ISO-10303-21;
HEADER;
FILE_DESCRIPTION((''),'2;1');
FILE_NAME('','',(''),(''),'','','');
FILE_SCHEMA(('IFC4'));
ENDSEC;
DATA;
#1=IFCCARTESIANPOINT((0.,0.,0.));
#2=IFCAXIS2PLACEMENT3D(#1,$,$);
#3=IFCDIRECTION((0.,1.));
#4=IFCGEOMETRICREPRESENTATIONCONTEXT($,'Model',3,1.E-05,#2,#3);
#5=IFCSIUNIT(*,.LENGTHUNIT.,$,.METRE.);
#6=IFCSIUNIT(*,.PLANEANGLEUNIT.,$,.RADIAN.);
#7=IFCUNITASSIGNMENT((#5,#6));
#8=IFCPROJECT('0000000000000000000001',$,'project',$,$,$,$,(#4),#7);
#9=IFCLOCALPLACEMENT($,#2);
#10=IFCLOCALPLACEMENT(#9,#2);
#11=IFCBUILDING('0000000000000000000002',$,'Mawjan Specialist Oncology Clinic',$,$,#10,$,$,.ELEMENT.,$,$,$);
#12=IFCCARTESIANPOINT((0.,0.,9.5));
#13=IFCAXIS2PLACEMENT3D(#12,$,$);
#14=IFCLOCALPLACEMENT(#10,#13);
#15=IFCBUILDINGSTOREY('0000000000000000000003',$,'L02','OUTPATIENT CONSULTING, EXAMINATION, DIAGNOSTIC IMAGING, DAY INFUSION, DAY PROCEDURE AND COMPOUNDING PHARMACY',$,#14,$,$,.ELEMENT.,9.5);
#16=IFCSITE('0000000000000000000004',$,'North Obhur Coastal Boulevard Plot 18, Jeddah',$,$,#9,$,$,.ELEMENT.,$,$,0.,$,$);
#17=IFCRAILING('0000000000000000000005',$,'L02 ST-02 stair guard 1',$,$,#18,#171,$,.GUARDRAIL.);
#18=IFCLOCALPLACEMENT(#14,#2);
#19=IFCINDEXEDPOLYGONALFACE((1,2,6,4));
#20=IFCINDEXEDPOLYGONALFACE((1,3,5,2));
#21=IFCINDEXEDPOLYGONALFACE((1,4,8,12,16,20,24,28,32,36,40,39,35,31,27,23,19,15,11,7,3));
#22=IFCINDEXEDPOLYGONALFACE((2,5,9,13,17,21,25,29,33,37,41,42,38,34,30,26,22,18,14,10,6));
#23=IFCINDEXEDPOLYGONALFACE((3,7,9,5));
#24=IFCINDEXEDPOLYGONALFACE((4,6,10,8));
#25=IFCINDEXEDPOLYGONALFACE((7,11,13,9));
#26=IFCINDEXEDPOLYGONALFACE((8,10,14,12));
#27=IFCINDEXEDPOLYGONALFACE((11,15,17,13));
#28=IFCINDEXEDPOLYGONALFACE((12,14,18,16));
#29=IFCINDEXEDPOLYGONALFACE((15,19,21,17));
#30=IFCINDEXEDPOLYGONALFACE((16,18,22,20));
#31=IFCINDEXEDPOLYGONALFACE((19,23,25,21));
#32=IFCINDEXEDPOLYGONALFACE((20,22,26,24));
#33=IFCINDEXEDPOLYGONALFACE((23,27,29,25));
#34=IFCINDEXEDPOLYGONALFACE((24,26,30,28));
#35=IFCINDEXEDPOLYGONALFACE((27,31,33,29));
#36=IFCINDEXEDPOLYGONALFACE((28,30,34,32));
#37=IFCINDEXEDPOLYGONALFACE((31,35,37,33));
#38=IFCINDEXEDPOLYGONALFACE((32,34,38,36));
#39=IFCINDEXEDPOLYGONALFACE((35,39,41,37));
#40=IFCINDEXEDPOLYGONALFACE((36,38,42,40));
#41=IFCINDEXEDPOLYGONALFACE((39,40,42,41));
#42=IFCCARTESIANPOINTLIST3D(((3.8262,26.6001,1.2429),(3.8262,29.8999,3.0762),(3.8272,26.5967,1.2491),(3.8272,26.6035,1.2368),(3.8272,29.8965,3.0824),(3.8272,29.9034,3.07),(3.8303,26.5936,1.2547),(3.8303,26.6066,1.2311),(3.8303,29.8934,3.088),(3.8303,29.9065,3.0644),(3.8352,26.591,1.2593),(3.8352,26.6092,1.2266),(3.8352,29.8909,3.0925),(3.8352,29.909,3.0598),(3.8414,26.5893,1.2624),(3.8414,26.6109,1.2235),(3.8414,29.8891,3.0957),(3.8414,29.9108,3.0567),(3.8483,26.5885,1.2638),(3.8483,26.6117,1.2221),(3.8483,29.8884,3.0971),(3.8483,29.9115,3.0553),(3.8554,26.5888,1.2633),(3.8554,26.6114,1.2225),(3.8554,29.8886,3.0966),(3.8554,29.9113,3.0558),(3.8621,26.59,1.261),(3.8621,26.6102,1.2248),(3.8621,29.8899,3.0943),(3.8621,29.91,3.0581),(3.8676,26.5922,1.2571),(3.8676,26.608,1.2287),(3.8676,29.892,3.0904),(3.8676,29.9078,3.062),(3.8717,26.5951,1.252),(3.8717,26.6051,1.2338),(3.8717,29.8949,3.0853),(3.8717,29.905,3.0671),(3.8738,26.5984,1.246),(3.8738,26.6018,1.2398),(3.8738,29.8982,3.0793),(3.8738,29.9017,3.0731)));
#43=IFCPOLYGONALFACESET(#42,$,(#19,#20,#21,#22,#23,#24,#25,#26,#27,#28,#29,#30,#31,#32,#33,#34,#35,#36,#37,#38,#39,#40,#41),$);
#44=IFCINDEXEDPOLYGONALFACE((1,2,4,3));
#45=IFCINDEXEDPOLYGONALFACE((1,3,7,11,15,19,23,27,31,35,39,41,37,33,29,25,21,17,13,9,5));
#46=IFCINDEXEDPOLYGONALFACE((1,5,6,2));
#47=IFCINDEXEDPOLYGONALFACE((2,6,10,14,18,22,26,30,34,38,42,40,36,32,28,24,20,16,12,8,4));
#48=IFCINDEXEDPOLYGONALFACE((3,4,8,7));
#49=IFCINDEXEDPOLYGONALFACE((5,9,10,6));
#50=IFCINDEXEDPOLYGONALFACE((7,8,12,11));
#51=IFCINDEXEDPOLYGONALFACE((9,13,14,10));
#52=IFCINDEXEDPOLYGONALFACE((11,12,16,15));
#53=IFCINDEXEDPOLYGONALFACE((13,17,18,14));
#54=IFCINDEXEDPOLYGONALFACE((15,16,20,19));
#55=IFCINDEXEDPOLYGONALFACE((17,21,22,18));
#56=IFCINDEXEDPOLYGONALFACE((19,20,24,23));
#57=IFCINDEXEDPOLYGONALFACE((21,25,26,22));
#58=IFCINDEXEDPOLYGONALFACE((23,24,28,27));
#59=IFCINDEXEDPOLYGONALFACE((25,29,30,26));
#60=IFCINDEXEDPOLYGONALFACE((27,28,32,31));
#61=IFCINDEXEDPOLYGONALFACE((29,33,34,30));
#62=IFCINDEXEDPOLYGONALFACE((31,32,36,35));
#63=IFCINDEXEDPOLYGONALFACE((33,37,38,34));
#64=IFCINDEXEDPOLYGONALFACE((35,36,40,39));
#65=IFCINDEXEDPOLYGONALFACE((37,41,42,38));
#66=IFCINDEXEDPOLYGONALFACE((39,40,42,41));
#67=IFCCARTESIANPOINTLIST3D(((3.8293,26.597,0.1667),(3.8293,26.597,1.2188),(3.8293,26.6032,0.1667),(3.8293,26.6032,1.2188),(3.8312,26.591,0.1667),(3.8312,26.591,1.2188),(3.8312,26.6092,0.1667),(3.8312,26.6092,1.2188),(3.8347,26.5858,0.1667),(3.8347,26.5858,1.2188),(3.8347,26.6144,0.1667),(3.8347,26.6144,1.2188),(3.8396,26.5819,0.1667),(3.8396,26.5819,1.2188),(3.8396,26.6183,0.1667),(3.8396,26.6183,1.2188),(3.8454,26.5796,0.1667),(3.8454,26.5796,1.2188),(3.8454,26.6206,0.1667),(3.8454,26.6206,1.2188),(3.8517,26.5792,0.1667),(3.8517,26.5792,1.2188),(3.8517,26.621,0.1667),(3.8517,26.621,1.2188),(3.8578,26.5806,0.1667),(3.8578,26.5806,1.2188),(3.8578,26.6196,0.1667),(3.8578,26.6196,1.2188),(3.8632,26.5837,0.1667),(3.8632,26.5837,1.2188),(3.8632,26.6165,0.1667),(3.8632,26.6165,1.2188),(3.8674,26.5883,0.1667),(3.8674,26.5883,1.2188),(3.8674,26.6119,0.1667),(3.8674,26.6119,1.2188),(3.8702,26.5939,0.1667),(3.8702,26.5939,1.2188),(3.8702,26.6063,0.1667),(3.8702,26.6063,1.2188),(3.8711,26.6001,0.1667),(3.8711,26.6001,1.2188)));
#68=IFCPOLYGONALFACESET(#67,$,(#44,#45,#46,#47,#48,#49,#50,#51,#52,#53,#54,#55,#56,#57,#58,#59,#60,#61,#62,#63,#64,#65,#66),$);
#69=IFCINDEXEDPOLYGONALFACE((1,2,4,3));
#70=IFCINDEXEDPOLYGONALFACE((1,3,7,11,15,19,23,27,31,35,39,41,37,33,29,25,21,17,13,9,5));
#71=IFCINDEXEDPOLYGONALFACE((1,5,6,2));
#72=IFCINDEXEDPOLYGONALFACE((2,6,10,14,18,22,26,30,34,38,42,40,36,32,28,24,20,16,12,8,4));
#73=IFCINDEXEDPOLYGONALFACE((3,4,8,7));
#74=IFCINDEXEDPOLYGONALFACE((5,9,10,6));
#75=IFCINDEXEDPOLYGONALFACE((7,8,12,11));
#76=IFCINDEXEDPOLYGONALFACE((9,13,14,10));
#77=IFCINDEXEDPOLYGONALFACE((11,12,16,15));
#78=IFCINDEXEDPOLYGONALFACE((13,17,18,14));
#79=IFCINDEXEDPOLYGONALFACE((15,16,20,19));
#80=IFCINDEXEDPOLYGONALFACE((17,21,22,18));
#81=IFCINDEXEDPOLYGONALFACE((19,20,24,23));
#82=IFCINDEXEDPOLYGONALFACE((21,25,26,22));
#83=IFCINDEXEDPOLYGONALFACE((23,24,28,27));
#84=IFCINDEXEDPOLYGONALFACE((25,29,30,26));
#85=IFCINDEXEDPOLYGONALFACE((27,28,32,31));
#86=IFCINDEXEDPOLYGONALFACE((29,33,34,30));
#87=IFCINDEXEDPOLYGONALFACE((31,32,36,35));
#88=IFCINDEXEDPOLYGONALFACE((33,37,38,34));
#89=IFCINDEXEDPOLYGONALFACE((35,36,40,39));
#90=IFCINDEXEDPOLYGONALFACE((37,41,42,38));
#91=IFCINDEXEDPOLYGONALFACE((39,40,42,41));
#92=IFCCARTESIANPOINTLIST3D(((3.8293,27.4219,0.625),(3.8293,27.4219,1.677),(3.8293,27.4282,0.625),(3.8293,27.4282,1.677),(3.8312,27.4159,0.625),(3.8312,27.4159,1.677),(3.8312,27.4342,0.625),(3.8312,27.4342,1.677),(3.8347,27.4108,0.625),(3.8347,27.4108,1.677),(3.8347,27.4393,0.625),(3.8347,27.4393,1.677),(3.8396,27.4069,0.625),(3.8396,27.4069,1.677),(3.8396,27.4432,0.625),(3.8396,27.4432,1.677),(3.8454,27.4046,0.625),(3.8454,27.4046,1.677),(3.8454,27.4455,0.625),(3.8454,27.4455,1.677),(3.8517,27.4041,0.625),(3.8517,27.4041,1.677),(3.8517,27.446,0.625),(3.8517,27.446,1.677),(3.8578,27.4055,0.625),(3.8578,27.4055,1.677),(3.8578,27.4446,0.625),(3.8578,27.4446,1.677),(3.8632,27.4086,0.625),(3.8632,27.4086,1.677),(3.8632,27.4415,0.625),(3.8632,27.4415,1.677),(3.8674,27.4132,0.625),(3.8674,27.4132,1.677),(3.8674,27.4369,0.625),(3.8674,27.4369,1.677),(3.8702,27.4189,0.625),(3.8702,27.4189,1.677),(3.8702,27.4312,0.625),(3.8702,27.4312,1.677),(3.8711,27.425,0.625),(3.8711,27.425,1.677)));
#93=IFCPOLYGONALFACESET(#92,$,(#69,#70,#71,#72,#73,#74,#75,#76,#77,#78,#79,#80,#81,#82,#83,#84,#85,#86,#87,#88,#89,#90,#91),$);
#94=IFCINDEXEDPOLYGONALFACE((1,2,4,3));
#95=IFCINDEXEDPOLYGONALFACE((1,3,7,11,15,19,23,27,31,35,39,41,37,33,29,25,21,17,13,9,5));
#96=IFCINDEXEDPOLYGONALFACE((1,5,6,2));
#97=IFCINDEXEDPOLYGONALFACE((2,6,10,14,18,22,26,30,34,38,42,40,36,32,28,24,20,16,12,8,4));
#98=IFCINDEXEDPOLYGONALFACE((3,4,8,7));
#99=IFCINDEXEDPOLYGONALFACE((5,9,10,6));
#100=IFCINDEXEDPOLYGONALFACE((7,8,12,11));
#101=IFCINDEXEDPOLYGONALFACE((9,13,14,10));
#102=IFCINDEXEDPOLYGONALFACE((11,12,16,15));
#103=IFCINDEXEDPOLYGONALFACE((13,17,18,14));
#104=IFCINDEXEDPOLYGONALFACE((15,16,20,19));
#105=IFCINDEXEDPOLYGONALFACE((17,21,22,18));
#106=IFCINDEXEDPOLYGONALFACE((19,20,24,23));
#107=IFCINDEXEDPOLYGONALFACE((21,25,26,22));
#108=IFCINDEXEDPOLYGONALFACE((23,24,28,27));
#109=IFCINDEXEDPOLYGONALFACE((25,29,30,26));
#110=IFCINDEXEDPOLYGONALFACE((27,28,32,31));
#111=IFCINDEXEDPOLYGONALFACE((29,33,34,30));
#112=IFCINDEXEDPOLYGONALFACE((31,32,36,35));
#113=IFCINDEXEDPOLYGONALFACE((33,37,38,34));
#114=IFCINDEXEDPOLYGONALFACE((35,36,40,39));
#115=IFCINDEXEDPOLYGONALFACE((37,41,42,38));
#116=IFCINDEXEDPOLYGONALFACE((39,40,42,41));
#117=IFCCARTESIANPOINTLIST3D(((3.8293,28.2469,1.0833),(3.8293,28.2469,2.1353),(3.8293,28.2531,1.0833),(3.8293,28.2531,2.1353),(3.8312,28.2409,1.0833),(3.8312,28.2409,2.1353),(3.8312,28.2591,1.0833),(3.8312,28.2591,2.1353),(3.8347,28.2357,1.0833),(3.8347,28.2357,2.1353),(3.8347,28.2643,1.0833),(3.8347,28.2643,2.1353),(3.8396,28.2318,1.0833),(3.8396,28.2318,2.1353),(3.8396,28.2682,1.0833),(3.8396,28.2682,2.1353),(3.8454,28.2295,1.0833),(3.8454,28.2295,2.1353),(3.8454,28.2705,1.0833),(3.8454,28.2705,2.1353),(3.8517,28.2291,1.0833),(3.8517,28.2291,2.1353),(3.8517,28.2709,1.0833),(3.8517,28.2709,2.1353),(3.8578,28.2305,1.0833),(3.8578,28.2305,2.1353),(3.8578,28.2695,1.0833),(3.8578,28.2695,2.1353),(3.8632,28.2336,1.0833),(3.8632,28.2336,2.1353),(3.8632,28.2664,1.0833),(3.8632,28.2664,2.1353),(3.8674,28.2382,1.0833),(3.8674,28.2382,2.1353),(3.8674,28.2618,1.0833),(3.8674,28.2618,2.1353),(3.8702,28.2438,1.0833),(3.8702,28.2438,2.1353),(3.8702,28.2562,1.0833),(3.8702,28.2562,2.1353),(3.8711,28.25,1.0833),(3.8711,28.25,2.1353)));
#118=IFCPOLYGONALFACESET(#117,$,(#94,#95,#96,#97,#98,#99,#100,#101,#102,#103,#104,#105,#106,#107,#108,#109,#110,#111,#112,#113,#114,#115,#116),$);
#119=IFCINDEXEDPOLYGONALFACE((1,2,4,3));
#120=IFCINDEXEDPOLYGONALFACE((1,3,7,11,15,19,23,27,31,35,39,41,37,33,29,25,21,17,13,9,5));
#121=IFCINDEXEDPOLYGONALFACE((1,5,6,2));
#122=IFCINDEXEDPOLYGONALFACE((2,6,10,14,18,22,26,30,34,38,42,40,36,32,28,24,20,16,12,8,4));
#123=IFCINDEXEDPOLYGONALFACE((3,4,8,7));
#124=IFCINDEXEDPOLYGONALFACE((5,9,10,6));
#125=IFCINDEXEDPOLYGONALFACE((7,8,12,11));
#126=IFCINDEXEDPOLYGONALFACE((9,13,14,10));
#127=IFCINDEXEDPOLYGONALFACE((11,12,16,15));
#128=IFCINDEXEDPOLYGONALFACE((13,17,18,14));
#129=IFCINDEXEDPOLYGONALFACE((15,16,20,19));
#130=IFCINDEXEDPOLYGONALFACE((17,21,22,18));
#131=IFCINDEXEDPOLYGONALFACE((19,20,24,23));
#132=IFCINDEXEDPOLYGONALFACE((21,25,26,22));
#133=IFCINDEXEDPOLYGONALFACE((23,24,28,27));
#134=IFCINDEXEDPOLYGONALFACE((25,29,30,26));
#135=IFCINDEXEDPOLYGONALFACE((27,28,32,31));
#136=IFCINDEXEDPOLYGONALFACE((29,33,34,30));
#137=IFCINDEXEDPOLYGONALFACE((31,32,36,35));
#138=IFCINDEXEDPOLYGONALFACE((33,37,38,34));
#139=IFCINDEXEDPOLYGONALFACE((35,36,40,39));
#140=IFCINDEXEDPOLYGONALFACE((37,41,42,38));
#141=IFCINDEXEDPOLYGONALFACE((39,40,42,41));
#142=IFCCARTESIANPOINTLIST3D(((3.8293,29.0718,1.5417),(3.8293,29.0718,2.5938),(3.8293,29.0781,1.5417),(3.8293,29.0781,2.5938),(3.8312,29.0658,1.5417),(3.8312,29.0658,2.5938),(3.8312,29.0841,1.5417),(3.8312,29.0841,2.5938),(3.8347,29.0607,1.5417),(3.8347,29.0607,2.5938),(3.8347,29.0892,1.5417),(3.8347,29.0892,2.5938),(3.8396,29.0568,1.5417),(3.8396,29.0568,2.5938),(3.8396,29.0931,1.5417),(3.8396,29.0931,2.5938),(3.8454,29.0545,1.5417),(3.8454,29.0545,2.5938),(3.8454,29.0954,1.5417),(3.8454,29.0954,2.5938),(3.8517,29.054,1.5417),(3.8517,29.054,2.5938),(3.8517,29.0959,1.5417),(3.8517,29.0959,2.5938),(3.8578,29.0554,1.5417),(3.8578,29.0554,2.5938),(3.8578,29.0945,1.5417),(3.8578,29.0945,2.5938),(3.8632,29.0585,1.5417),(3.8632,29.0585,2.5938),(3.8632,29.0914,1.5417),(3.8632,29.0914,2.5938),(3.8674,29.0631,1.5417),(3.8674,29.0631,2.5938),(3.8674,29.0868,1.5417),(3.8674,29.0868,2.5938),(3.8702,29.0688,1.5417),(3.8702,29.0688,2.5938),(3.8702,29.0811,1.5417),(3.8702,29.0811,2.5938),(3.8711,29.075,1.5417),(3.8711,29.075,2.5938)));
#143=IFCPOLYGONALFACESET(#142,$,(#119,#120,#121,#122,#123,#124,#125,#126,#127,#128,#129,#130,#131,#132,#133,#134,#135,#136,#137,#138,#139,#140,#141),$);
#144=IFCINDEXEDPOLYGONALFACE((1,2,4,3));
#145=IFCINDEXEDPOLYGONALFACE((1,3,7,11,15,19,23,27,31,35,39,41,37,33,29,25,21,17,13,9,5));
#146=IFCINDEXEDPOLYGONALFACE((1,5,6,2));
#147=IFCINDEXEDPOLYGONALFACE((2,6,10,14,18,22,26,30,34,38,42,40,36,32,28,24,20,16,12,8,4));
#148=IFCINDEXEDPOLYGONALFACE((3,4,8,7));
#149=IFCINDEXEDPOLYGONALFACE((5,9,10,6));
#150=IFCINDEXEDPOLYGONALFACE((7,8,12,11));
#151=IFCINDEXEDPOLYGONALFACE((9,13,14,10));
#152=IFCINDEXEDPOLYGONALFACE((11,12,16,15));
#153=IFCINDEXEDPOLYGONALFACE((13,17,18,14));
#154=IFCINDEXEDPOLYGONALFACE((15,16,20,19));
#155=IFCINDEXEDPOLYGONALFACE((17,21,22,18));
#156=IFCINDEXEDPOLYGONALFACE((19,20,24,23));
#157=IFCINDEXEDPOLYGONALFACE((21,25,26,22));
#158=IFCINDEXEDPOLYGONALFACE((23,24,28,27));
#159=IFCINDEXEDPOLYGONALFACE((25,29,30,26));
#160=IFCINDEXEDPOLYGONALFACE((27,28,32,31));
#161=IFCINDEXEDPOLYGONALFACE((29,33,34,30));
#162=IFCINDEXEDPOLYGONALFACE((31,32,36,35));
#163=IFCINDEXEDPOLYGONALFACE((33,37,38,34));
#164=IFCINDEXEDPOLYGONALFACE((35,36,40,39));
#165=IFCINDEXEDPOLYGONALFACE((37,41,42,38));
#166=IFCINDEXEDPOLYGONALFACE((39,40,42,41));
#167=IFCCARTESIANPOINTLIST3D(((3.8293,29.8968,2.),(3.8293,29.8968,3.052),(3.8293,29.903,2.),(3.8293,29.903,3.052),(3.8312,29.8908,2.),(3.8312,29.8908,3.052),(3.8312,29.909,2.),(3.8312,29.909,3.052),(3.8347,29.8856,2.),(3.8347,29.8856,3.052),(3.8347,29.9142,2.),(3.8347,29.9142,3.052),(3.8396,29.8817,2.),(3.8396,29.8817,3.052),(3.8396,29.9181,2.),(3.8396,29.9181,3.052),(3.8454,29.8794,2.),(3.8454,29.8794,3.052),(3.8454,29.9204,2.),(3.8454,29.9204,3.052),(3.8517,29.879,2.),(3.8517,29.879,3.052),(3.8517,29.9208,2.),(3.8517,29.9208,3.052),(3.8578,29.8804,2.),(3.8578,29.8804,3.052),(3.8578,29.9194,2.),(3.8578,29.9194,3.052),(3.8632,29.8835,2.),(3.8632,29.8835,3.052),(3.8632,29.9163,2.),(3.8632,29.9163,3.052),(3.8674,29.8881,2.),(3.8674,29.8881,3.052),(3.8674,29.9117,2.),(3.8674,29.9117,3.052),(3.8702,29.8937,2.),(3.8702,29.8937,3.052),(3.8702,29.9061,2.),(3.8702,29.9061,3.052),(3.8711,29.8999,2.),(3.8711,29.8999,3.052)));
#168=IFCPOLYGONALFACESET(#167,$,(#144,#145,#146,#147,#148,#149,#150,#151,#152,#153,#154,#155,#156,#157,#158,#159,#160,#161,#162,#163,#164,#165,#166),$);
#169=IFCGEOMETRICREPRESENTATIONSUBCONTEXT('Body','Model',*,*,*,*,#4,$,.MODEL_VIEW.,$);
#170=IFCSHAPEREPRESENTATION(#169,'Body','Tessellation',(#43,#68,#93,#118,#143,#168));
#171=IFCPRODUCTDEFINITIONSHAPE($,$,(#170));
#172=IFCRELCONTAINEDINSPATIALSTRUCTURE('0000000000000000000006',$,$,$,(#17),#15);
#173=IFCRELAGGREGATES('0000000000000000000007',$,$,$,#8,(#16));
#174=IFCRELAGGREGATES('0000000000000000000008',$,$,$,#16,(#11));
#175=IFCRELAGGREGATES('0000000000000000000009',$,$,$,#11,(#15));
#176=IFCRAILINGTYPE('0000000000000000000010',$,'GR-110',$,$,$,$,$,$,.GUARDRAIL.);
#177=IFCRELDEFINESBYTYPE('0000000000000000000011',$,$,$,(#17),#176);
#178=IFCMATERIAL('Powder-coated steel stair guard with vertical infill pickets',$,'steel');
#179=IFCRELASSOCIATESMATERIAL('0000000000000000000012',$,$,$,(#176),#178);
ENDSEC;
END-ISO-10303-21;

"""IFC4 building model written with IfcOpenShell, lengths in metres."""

from ifc_helpers import new_model, si_unit, direction, frame, origin, origin_2d, place, context, subcontext, project, spatial, circle, extrude, material, type_object, element, save


model = new_model("IFC4")

# Units and contexts
model_context = context("Model", 3, precision=1e-05, world=origin(), true_north=direction((0.0, 1.0)))
body_context = subcontext(model_context, "Body", "Model", "MODEL_VIEW")
ifc_project = project(units=[si_unit("LENGTHUNIT", "METRE"), si_unit("PLANEANGLEUNIT", "RADIAN")], contexts=[model_context])

# Site, building, storey
site_placement = place(None, origin())
site = spatial("IfcSite", under=ifc_project, at=site_placement, Name="North Obhur Coastal Boulevard Plot 18, Jeddah", CompositionType="ELEMENT", RefElevation=0.0)
building_placement = place(site_placement, origin())
building = spatial("IfcBuilding", under=site, at=building_placement, Name="Mawjan Specialist Oncology Clinic", CompositionType="ELEMENT")
storey_placement = place(building_placement, frame((0.0, 0.0, 9.5)))
storey = spatial("IfcBuildingStorey", under=building, at=storey_placement, Name="L02", Description="OUTPATIENT CONSULTING, EXAMINATION, DIAGNOSTIC IMAGING, DAY INFUSION, DAY PROCEDURE AND COMPOUNDING PHARMACY", CompositionType="ELEMENT", Elevation=9.5)

# Railing
ifc_material_1 = material(Name="Powder-coated steel stair guard with vertical infill pickets", Category="steel")
railing_type_1 = type_object("IfcRailingType", Name="GR-110", PredefinedType="GUARDRAIL", material=ifc_material_1)
railing_1_placement = place(storey_placement, frame((3.8501, 26.6001, 0.1667)))
element("IfcRailing", 1, at=railing_1_placement, inside=storey, type_object=railing_type_1, Name="L02 ST-02 stair guard 1", PredefinedType="GUARDRAIL", context=body_context, shape_type="SweptSolid", body=[
    extrude(circle(Radius=0.0239, at=origin_2d()), frame((0.0, 0.0, 1.0762), z_axis=(0.0, 0.874154, 0.485648), x_axis=(-1.0, 0.0, 0.0)), (0.0, 0.0, 1.0), 3.7749),
    extrude(circle(Radius=0.021, at=origin_2d()), origin(), (0.0, 0.0, 1.0), 1.052),
    extrude(circle(Radius=0.021, at=origin_2d()), frame((0.0, 0.825, 0.4583)), (0.0, 0.0, 1.0), 1.052),
    extrude(circle(Radius=0.021, at=origin_2d()), frame((0.0, 1.6499, 0.9165)), (0.0, 0.0, 1.0), 1.052),
    extrude(circle(Radius=0.021, at=origin_2d()), frame((0.0, 2.4749, 1.375)), (0.0, 0.0, 1.0), 1.052),
    extrude(circle(Radius=0.021, at=origin_2d()), frame((0.0, 3.2998, 1.8333)), (0.0, 0.0, 1.0), 1.052),
])

save(model, "model.ifc")
